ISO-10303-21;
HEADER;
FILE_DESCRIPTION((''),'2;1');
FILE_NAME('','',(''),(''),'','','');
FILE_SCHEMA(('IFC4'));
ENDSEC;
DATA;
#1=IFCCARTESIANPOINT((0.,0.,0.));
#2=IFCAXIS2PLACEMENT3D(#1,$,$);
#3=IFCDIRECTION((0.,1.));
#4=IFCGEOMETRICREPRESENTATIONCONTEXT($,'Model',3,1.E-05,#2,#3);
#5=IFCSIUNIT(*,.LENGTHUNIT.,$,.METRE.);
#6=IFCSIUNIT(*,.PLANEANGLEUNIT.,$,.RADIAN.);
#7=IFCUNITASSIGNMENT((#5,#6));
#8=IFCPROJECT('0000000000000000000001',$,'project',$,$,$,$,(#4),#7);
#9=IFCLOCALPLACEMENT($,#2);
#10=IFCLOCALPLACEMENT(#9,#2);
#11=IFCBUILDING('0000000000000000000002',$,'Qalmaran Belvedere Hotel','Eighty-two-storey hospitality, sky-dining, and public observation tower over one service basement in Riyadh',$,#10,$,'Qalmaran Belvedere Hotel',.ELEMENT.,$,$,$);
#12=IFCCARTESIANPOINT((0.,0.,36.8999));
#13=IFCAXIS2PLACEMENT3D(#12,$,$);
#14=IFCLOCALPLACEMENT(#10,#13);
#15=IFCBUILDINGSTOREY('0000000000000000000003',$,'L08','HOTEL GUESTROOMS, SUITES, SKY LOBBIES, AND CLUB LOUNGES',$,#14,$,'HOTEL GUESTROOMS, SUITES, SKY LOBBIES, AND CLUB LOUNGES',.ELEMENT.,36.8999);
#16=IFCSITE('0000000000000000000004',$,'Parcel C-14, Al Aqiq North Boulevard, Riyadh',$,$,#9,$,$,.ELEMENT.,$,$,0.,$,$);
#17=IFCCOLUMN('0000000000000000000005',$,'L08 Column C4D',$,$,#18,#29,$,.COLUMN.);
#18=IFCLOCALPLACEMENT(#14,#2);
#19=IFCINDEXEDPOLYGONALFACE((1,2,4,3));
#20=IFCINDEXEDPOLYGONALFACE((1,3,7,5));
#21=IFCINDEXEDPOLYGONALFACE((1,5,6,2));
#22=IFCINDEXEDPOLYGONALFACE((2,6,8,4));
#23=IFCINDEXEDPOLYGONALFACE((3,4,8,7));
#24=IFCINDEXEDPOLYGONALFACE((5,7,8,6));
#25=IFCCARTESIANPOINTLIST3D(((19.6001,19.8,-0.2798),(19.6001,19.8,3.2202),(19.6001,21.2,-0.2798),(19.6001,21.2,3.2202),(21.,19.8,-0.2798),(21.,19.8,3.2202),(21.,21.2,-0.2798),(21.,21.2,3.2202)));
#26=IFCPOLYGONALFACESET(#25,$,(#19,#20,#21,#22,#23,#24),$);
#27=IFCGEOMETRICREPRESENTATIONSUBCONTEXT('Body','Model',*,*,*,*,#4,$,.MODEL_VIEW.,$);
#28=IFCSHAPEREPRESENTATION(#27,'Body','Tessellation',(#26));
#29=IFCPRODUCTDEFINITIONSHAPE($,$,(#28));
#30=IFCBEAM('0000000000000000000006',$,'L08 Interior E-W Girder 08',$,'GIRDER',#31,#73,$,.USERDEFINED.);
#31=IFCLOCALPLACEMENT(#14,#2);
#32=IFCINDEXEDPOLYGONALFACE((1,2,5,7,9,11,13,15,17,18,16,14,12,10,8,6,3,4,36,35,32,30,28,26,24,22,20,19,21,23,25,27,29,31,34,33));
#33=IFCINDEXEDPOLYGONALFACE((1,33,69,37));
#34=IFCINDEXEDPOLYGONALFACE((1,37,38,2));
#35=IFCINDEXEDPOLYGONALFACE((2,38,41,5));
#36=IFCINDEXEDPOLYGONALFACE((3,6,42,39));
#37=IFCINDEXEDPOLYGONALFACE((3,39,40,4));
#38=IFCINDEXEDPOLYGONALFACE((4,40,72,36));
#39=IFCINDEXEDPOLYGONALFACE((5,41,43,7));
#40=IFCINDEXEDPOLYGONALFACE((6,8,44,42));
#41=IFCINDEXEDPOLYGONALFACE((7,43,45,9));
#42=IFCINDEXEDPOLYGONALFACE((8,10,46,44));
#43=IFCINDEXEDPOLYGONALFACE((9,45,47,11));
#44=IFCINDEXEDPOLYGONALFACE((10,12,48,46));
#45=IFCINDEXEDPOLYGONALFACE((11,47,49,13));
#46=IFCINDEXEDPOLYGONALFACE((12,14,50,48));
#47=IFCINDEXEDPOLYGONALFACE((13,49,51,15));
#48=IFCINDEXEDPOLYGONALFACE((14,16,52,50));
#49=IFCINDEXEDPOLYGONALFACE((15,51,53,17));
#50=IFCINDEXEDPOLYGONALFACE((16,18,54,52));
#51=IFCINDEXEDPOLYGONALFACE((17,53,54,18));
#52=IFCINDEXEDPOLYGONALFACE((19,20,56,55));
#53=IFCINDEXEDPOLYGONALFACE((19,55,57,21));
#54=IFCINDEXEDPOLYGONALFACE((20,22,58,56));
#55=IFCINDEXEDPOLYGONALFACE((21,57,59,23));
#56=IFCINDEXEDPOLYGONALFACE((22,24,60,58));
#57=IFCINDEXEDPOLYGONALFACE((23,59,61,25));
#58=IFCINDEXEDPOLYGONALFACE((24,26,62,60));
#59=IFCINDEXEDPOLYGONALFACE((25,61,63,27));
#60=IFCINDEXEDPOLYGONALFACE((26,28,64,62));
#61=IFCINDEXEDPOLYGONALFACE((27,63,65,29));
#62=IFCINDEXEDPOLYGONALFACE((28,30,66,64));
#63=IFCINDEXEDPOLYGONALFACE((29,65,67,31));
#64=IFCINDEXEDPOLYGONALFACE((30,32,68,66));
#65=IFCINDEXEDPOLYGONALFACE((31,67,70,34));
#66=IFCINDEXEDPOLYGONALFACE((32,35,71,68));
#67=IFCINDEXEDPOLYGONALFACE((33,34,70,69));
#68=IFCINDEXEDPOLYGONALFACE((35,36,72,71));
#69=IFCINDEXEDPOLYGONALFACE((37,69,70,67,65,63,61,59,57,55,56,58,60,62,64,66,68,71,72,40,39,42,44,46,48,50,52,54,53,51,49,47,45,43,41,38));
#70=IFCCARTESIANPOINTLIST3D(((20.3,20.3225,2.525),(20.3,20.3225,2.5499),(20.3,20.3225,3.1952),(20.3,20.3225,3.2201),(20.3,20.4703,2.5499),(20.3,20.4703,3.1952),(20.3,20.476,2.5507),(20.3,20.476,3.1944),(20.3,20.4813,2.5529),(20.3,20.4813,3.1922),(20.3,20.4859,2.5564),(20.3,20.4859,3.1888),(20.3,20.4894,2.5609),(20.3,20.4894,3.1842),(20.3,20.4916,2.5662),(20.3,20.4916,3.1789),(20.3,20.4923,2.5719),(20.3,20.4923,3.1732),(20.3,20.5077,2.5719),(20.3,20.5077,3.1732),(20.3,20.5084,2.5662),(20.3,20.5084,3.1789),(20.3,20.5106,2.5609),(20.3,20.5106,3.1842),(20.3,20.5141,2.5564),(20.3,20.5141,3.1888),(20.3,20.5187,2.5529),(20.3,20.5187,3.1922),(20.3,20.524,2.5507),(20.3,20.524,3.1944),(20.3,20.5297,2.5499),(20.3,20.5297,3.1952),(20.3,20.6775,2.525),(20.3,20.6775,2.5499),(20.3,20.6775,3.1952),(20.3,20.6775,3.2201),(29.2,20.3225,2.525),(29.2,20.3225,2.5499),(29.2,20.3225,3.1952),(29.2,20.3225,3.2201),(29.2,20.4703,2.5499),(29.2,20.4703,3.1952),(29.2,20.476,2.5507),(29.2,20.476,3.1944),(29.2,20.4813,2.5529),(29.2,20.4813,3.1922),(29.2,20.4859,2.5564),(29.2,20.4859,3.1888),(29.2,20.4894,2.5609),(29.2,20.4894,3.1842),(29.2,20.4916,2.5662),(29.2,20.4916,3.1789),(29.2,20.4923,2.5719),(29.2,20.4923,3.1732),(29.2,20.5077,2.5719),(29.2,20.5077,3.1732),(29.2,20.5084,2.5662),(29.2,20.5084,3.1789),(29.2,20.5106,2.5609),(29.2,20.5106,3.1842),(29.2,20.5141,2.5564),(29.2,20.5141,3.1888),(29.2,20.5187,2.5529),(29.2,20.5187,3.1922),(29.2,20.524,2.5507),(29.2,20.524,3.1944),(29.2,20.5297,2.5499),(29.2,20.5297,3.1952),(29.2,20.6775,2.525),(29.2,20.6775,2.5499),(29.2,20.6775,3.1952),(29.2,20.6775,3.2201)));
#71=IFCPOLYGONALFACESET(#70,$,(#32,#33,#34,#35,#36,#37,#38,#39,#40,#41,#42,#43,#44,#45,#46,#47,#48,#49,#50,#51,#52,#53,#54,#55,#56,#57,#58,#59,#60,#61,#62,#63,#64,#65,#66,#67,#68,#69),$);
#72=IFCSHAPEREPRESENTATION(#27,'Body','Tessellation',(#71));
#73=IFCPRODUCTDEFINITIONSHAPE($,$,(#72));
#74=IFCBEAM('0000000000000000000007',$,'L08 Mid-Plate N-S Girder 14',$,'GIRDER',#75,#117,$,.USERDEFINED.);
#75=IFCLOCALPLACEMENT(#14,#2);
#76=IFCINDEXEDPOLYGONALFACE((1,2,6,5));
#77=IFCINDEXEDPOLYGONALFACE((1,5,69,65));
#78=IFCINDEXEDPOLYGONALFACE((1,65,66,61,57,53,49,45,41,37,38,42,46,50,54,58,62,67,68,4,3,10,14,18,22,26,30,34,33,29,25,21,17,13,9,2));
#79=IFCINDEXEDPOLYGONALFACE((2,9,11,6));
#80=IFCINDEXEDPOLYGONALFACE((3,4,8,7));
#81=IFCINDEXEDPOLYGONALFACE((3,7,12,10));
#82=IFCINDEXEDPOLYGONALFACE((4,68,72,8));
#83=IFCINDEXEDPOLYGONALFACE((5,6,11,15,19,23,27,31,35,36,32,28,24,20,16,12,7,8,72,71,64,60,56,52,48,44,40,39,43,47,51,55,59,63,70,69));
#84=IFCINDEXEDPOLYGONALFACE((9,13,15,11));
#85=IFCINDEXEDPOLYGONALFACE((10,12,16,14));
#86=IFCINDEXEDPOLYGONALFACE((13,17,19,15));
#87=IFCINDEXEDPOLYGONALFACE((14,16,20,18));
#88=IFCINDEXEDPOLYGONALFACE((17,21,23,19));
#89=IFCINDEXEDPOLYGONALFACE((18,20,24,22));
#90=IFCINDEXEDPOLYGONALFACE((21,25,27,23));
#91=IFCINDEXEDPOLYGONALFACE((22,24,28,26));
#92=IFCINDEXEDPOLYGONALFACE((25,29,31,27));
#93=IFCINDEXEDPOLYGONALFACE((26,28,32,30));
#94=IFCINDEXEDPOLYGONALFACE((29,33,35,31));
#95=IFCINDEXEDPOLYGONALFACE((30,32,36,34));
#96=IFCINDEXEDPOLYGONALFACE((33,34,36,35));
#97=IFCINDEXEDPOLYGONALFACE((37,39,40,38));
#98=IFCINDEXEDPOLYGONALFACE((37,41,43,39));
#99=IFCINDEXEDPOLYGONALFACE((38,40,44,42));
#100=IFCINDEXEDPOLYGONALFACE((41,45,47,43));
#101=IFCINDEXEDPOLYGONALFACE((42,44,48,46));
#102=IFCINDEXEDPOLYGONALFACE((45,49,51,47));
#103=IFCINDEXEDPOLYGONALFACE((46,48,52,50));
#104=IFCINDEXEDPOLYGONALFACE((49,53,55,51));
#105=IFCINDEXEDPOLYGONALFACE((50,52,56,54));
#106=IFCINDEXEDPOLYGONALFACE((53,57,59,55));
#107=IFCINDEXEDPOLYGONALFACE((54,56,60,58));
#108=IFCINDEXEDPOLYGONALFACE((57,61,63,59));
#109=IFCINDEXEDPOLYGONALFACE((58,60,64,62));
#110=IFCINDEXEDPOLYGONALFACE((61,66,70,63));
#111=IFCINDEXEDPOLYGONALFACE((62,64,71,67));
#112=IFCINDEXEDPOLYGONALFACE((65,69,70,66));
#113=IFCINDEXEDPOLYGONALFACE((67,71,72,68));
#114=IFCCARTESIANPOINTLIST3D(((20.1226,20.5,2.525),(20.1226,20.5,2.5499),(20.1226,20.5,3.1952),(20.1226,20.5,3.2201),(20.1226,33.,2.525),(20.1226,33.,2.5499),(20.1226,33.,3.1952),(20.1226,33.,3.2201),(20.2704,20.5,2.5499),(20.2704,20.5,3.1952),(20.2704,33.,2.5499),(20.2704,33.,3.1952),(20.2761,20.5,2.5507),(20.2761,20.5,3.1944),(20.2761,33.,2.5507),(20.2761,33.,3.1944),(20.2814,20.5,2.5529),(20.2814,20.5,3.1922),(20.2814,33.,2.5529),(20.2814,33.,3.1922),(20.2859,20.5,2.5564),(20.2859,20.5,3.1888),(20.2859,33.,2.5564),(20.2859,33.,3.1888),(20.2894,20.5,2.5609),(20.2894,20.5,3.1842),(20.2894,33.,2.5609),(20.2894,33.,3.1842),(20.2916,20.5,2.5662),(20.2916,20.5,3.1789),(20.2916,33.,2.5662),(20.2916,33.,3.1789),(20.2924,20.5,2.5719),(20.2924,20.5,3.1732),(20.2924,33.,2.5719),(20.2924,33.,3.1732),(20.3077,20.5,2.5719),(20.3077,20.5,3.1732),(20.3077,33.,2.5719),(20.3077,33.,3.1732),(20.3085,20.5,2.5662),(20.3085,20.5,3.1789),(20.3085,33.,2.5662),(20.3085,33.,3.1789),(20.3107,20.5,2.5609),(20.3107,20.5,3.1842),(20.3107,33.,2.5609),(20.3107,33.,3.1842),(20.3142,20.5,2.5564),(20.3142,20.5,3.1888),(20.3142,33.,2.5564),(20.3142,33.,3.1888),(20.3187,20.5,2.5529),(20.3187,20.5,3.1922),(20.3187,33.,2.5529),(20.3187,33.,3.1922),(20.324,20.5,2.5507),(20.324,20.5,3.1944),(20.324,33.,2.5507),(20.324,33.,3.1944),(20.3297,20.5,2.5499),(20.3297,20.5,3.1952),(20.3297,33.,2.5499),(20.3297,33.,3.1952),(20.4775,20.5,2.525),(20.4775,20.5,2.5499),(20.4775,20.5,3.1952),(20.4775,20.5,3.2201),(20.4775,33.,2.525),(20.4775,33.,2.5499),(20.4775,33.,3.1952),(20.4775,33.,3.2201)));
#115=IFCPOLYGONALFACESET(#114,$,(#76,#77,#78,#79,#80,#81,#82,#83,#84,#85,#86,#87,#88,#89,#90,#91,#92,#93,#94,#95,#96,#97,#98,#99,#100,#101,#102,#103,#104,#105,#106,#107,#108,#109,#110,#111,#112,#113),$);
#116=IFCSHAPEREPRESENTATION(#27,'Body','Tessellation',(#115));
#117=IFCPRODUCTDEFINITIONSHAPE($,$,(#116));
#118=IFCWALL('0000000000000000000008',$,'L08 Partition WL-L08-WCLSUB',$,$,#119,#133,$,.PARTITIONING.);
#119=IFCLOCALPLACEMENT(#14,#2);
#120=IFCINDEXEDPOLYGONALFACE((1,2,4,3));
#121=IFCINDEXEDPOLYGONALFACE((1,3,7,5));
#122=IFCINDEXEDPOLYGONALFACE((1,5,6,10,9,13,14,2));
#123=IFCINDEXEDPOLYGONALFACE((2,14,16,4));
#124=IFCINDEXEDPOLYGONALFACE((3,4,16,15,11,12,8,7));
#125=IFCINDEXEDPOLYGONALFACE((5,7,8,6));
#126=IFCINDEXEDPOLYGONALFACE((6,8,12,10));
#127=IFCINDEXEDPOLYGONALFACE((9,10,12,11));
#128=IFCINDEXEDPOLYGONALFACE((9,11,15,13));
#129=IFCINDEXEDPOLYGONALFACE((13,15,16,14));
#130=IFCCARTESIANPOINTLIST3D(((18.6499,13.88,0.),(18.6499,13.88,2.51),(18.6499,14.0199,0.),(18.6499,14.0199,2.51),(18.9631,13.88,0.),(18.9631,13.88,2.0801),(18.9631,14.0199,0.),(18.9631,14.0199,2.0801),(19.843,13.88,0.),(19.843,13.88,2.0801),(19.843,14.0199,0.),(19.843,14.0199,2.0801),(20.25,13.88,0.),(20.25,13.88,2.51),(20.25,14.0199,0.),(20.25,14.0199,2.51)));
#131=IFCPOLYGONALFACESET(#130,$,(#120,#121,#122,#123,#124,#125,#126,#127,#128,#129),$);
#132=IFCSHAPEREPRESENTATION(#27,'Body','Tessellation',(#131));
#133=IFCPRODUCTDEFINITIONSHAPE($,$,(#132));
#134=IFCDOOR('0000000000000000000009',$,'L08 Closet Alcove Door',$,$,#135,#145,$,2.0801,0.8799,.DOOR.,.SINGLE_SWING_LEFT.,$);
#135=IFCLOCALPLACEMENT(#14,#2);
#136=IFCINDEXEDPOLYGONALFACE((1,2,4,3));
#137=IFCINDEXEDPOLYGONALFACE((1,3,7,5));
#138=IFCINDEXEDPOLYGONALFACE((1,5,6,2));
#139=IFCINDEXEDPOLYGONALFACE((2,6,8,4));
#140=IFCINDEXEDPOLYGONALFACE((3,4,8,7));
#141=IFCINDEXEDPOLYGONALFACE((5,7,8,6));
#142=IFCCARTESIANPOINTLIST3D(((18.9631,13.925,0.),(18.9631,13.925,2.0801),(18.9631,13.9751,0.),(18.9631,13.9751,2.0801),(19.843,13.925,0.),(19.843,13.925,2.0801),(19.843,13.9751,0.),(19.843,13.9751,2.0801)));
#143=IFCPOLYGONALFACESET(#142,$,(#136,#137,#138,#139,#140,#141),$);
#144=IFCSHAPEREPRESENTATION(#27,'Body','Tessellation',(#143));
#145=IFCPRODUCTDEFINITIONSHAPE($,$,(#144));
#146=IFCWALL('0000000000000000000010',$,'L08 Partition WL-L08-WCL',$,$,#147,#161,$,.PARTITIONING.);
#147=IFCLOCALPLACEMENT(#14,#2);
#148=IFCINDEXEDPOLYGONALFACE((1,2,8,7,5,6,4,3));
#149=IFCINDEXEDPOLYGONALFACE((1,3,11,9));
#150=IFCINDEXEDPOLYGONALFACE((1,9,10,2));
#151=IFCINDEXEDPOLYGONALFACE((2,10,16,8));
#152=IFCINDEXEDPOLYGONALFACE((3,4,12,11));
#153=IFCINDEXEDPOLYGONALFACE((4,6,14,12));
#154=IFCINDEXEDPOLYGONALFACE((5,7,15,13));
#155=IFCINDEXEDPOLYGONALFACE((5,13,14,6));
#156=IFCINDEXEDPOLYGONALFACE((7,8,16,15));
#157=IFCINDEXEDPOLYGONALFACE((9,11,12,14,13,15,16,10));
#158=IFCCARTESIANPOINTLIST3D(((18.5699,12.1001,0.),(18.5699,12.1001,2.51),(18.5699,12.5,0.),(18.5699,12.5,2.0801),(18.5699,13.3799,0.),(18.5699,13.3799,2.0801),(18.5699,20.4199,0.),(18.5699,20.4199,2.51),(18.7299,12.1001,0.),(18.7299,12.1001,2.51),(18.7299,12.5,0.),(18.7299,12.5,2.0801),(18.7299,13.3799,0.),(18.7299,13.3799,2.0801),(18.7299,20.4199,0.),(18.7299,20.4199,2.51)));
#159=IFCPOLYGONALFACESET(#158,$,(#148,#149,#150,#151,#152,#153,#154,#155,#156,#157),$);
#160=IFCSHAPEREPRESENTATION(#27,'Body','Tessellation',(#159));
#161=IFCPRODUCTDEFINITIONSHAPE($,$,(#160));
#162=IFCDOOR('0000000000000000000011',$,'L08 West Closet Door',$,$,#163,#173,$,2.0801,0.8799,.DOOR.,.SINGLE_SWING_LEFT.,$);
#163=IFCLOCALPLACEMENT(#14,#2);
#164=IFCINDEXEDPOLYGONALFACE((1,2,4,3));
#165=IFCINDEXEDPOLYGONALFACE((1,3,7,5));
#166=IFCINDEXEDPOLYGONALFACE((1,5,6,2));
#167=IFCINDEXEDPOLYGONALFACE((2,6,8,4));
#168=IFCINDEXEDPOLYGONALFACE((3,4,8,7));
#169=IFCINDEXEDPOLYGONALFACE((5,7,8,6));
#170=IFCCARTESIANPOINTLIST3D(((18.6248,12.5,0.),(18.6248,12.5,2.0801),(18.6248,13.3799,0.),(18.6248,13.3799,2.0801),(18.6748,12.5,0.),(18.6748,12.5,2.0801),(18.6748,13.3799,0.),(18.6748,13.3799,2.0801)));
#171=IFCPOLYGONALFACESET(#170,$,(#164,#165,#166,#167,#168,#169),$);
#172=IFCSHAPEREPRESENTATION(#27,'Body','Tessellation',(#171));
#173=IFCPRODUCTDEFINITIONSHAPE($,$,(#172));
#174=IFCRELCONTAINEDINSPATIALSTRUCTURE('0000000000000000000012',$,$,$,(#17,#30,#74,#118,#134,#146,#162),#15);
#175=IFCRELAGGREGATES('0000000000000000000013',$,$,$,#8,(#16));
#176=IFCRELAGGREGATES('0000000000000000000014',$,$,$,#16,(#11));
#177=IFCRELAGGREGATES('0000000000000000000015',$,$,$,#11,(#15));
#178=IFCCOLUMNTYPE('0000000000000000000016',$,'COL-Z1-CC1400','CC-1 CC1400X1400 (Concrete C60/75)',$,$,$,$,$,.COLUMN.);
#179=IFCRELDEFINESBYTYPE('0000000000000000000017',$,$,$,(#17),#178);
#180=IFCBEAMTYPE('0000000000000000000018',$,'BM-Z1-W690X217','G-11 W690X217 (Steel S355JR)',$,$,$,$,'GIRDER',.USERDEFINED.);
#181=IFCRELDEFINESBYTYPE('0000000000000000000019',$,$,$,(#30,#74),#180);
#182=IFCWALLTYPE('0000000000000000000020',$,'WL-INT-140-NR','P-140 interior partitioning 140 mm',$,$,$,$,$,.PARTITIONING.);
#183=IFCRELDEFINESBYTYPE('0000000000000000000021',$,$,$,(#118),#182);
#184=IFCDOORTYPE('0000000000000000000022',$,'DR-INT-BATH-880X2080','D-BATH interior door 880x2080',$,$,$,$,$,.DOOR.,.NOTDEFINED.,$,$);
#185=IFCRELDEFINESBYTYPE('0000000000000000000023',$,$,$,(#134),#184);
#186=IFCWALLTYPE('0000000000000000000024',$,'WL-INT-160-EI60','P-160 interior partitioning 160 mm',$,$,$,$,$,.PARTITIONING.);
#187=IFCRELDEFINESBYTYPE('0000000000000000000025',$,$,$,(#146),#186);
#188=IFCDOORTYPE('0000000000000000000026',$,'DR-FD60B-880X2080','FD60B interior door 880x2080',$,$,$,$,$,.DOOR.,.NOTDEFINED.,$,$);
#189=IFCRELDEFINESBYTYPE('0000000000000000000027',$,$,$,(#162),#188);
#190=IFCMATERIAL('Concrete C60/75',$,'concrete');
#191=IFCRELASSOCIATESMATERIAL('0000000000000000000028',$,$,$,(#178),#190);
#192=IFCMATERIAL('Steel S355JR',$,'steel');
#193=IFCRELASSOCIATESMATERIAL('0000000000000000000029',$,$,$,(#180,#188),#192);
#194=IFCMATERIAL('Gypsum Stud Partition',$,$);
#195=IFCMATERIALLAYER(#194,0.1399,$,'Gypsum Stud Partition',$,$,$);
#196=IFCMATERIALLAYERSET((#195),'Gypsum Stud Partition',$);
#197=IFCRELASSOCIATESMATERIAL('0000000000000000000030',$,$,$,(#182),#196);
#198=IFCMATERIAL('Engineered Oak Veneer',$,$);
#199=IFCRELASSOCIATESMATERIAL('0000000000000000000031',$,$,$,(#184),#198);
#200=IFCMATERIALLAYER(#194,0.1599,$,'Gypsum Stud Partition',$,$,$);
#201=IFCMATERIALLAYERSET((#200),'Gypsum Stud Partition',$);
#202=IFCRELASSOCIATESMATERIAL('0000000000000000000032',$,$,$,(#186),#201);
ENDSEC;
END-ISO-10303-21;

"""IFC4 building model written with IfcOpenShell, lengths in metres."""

from ifc_helpers import new_model, si_unit, direction, frame, frame_2d, origin, origin_2d, place, context, subcontext, project, spatial, rectangle, i_section, extrude, material, layer, layer_set, material_profile, profile_set, type_object, element, fill, save


model = new_model("IFC4")

# Units and contexts
model_context = context("Model", 3, precision=1e-05, world=origin(), true_north=direction((0.0, 1.0)))
body_context = subcontext(model_context, "Body", "Model", "MODEL_VIEW")
ifc_project = project(units=[si_unit("LENGTHUNIT", "METRE"), si_unit("PLANEANGLEUNIT", "RADIAN")], contexts=[model_context])

# Site, building, storey
site_placement = place(None, origin())
site = spatial("IfcSite", under=ifc_project, at=site_placement, Name="Parcel C-14, Al Aqiq North Boulevard, Riyadh", CompositionType="ELEMENT", RefElevation=0.0)
building_placement = place(site_placement, origin())
building = spatial("IfcBuilding", under=site, at=building_placement, Name="Qalmaran Belvedere Hotel", Description="Eighty-two-storey hospitality, sky-dining, and public observation tower over one service basement in Riyadh", LongName="Qalmaran Belvedere Hotel", CompositionType="ELEMENT")
storey_placement = place(building_placement, frame((0.0, 0.0, 36.8999)))
storey = spatial("IfcBuildingStorey", under=building, at=storey_placement, Name="L08", Description="HOTEL GUESTROOMS, SUITES, SKY LOBBIES, AND CLUB LOUNGES", LongName="HOTEL GUESTROOMS, SUITES, SKY LOBBIES, AND CLUB LOUNGES", CompositionType="ELEMENT", Elevation=36.8999)

# Column
ifc_material_1 = material(Name="Concrete C60/75", Category="concrete")
ifc_material_profile_1 = material_profile(ifc_material_1, rectangle(XDim=1.3999, YDim=1.3999, at=origin_2d()), Name="CC1400X1400")
ifc_profile_set_1 = profile_set([ifc_material_profile_1], Name="Concrete C60/75")
column_type = type_object("IfcColumnType", Name="COL-Z1-CC1400", Description="CC-1 CC1400X1400 (Concrete C60/75)", PredefinedType="COLUMN", material=ifc_profile_set_1)
column_placement = place(storey_placement, frame((20.3, 20.5, -0.2798), z_axis=(0.0, 0.0, 1.0), x_axis=(1.0, 0.0, 0.0)))
element("IfcColumn", 1, at=column_placement, inside=storey, type_object=column_type, Name="L08 Column C4D", PredefinedType="COLUMN", context=body_context, shape_type="SweptSolid", body=[
    extrude(rectangle(XDim=1.3999, YDim=1.3999, at=origin_2d()), origin(), (0.0, 0.0, 1.0), 3.5),
])

# Beams
ifc_material_2 = material(Name="Steel S355JR", Category="steel")
ifc_material_profile_2 = material_profile(ifc_material_2, i_section(OverallWidth=0.355, OverallDepth=0.6951, WebThickness=0.0154, FlangeThickness=0.0249, FilletRadius=0.022, at=origin_2d()), Name="W690X217")
ifc_profile_set_2 = profile_set([ifc_material_profile_2], Name="Steel S355JR")
beam_type = type_object("IfcBeamType", Name="BM-Z1-W690X217", Description="G-11 W690X217 (Steel S355JR)", ElementType="GIRDER", PredefinedType="USERDEFINED", material=ifc_profile_set_2)
beam_1_placement = place(storey_placement, frame((20.3, 20.5, 2.8726), z_axis=(1.0, 0.0, 0.0), x_axis=(0.0, 1.0, 0.0)))
element("IfcBeam", 2, at=beam_1_placement, inside=storey, type_object=beam_type, Name="L08 Interior E-W Girder 08", ObjectType="GIRDER", PredefinedType="USERDEFINED", context=body_context, shape_type="SweptSolid", body=[
    extrude(i_section(OverallWidth=0.355, OverallDepth=0.6951, WebThickness=0.0154, FlangeThickness=0.0249, FilletRadius=0.022, at=origin_2d()), origin(), (0.0, 0.0, 1.0), 8.8999),
])
beam_2_placement = place(storey_placement, frame((20.3, 20.5, 2.8726), z_axis=(0.0, 1.0, 0.0), x_axis=(-1.0, 0.0, 0.0)))
element("IfcBeam", 3, at=beam_2_placement, inside=storey, type_object=beam_type, Name="L08 Mid-Plate N-S Girder 14", ObjectType="GIRDER", PredefinedType="USERDEFINED", context=body_context, shape_type="SweptSolid", body=[
    extrude(i_section(OverallWidth=0.355, OverallDepth=0.6951, WebThickness=0.0154, FlangeThickness=0.0249, FilletRadius=0.022, at=origin_2d()), origin(), (0.0, 0.0, 1.0), 12.5),
])

# Walls, openings, doors
ifc_material_3 = material(Name="Gypsum Stud Partition")
ifc_layer_1 = layer(ifc_material_3, 0.1399, Name="Gypsum Stud Partition")
ifc_layer_set_1 = layer_set([ifc_layer_1], Name="Gypsum Stud Partition")
wall_type_1 = type_object("IfcWallType", Name="WL-INT-140-NR", Description="P-140 interior partitioning 140 mm", PredefinedType="PARTITIONING", material=ifc_layer_set_1)
wall_1_placement = place(storey_placement, frame((18.6499, 13.95, 0.0), z_axis=(0.0, 0.0, 1.0), x_axis=(1.0, 0.0, 0.0)))
wall_1 = element("IfcWall", 4, at=wall_1_placement, inside=storey, type_object=wall_type_1, Name="L08 Partition WL-L08-WCLSUB", PredefinedType="PARTITIONING", context=body_context, shape_type="SweptSolid", body=[
    extrude(rectangle(XDim=1.6001, YDim=0.1399, at=frame_2d((0.8, 0.0))), origin(), (0.0, 0.0, 1.0), 2.51),
])
opening_1_placement = place(wall_1_placement, frame((1.1931, 0.0, 0.0), z_axis=(0.0, 0.0, 1.0), x_axis=(-1.0, 0.0, 0.0)))
opening_1 = element("IfcOpeningElement", 5, at=opening_1_placement, cuts=wall_1, PredefinedType="OPENING", context=body_context, shape_type="SweptSolid", body=[
    extrude(rectangle(XDim=0.8799, YDim=2.0801, at=frame_2d((0.4399, 1.04))), frame((0.0, 0.0801, 0.0), z_axis=(0.0, -1.0, 0.0), x_axis=(1.0, 0.0, 0.0)), (0.0, 0.0, 1.0), 0.1599),
])
ifc_material_4 = material(Name="Engineered Oak Veneer")
door_type_1 = type_object("IfcDoorType", Name="DR-INT-BATH-880X2080", Description="D-BATH interior door 880x2080", OperationType="NOTDEFINED", PredefinedType="DOOR", material=ifc_material_4)
door_1_placement = place(opening_1_placement, origin())
door_1 = element("IfcDoor", 6, at=door_1_placement, inside=storey, type_object=door_type_1, Name="L08 Closet Alcove Door", OperationType="SINGLE_SWING_LEFT", OverallHeight=2.0801, OverallWidth=0.8799, PredefinedType="DOOR", context=body_context, shape_type="SweptSolid", body=[
    extrude(rectangle(XDim=0.8799, YDim=2.0801, at=frame_2d((0.4399, 1.04))), frame((0.0, 0.0249, 0.0), z_axis=(0.0, -1.0, 0.0), x_axis=(1.0, 0.0, 0.0)), (0.0, 0.0, 1.0), 0.05),
])
fill(opening_1, door_1)
ifc_layer_2 = layer(ifc_material_3, 0.1599, Name="Gypsum Stud Partition")
ifc_layer_set_2 = layer_set([ifc_layer_2], Name="Gypsum Stud Partition")
wall_type_2 = type_object("IfcWallType", Name="WL-INT-160-EI60", Description="P-160 interior partitioning 160 mm", PredefinedType="PARTITIONING", material=ifc_layer_set_2)
wall_2_placement = place(storey_placement, frame((18.6499, 12.1001, 0.0), z_axis=(0.0, 0.0, 1.0), x_axis=(0.0, 1.0, 0.0)))
wall_2 = element("IfcWall", 7, at=wall_2_placement, inside=storey, type_object=wall_type_2, Name="L08 Partition WL-L08-WCL", PredefinedType="PARTITIONING", context=body_context, shape_type="SweptSolid", body=[
    extrude(rectangle(XDim=8.3198, YDim=0.1599, at=frame_2d((4.1599, 0.0))), origin(), (0.0, 0.0, 1.0), 2.51),
])
opening_2_placement = place(wall_2_placement, frame((1.2798, 0.0, 0.0), z_axis=(0.0, 0.0, 1.0), x_axis=(-1.0, 0.0, 0.0)))
opening_2 = element("IfcOpeningElement", 8, at=opening_2_placement, cuts=wall_2, PredefinedType="OPENING", context=body_context, shape_type="SweptSolid", body=[
    extrude(rectangle(XDim=0.8799, YDim=2.0801, at=frame_2d((0.4399, 1.04))), frame((0.0, 0.0898, 0.0), z_axis=(0.0, -1.0, 0.0), x_axis=(1.0, 0.0, 0.0)), (0.0, 0.0, 1.0), 0.1799),
])
door_type_2 = type_object("IfcDoorType", Name="DR-FD60B-880X2080", Description="FD60B interior door 880x2080", OperationType="NOTDEFINED", PredefinedType="DOOR", material=ifc_material_2)
door_2_placement = place(opening_2_placement, origin())
door_2 = element("IfcDoor", 9, at=door_2_placement, inside=storey, type_object=door_type_2, Name="L08 West Closet Door", OperationType="SINGLE_SWING_LEFT", OverallHeight=2.0801, OverallWidth=0.8799, PredefinedType="DOOR", context=body_context, shape_type="SweptSolid", body=[
    extrude(rectangle(XDim=0.8799, YDim=2.0801, at=frame_2d((0.4399, 1.04))), frame((0.0, 0.0249, 0.0), z_axis=(0.0, -1.0, 0.0), x_axis=(1.0, 0.0, 0.0)), (0.0, 0.0, 1.0), 0.05),
])
fill(opening_2, door_2)

save(model, "model.ifc")
